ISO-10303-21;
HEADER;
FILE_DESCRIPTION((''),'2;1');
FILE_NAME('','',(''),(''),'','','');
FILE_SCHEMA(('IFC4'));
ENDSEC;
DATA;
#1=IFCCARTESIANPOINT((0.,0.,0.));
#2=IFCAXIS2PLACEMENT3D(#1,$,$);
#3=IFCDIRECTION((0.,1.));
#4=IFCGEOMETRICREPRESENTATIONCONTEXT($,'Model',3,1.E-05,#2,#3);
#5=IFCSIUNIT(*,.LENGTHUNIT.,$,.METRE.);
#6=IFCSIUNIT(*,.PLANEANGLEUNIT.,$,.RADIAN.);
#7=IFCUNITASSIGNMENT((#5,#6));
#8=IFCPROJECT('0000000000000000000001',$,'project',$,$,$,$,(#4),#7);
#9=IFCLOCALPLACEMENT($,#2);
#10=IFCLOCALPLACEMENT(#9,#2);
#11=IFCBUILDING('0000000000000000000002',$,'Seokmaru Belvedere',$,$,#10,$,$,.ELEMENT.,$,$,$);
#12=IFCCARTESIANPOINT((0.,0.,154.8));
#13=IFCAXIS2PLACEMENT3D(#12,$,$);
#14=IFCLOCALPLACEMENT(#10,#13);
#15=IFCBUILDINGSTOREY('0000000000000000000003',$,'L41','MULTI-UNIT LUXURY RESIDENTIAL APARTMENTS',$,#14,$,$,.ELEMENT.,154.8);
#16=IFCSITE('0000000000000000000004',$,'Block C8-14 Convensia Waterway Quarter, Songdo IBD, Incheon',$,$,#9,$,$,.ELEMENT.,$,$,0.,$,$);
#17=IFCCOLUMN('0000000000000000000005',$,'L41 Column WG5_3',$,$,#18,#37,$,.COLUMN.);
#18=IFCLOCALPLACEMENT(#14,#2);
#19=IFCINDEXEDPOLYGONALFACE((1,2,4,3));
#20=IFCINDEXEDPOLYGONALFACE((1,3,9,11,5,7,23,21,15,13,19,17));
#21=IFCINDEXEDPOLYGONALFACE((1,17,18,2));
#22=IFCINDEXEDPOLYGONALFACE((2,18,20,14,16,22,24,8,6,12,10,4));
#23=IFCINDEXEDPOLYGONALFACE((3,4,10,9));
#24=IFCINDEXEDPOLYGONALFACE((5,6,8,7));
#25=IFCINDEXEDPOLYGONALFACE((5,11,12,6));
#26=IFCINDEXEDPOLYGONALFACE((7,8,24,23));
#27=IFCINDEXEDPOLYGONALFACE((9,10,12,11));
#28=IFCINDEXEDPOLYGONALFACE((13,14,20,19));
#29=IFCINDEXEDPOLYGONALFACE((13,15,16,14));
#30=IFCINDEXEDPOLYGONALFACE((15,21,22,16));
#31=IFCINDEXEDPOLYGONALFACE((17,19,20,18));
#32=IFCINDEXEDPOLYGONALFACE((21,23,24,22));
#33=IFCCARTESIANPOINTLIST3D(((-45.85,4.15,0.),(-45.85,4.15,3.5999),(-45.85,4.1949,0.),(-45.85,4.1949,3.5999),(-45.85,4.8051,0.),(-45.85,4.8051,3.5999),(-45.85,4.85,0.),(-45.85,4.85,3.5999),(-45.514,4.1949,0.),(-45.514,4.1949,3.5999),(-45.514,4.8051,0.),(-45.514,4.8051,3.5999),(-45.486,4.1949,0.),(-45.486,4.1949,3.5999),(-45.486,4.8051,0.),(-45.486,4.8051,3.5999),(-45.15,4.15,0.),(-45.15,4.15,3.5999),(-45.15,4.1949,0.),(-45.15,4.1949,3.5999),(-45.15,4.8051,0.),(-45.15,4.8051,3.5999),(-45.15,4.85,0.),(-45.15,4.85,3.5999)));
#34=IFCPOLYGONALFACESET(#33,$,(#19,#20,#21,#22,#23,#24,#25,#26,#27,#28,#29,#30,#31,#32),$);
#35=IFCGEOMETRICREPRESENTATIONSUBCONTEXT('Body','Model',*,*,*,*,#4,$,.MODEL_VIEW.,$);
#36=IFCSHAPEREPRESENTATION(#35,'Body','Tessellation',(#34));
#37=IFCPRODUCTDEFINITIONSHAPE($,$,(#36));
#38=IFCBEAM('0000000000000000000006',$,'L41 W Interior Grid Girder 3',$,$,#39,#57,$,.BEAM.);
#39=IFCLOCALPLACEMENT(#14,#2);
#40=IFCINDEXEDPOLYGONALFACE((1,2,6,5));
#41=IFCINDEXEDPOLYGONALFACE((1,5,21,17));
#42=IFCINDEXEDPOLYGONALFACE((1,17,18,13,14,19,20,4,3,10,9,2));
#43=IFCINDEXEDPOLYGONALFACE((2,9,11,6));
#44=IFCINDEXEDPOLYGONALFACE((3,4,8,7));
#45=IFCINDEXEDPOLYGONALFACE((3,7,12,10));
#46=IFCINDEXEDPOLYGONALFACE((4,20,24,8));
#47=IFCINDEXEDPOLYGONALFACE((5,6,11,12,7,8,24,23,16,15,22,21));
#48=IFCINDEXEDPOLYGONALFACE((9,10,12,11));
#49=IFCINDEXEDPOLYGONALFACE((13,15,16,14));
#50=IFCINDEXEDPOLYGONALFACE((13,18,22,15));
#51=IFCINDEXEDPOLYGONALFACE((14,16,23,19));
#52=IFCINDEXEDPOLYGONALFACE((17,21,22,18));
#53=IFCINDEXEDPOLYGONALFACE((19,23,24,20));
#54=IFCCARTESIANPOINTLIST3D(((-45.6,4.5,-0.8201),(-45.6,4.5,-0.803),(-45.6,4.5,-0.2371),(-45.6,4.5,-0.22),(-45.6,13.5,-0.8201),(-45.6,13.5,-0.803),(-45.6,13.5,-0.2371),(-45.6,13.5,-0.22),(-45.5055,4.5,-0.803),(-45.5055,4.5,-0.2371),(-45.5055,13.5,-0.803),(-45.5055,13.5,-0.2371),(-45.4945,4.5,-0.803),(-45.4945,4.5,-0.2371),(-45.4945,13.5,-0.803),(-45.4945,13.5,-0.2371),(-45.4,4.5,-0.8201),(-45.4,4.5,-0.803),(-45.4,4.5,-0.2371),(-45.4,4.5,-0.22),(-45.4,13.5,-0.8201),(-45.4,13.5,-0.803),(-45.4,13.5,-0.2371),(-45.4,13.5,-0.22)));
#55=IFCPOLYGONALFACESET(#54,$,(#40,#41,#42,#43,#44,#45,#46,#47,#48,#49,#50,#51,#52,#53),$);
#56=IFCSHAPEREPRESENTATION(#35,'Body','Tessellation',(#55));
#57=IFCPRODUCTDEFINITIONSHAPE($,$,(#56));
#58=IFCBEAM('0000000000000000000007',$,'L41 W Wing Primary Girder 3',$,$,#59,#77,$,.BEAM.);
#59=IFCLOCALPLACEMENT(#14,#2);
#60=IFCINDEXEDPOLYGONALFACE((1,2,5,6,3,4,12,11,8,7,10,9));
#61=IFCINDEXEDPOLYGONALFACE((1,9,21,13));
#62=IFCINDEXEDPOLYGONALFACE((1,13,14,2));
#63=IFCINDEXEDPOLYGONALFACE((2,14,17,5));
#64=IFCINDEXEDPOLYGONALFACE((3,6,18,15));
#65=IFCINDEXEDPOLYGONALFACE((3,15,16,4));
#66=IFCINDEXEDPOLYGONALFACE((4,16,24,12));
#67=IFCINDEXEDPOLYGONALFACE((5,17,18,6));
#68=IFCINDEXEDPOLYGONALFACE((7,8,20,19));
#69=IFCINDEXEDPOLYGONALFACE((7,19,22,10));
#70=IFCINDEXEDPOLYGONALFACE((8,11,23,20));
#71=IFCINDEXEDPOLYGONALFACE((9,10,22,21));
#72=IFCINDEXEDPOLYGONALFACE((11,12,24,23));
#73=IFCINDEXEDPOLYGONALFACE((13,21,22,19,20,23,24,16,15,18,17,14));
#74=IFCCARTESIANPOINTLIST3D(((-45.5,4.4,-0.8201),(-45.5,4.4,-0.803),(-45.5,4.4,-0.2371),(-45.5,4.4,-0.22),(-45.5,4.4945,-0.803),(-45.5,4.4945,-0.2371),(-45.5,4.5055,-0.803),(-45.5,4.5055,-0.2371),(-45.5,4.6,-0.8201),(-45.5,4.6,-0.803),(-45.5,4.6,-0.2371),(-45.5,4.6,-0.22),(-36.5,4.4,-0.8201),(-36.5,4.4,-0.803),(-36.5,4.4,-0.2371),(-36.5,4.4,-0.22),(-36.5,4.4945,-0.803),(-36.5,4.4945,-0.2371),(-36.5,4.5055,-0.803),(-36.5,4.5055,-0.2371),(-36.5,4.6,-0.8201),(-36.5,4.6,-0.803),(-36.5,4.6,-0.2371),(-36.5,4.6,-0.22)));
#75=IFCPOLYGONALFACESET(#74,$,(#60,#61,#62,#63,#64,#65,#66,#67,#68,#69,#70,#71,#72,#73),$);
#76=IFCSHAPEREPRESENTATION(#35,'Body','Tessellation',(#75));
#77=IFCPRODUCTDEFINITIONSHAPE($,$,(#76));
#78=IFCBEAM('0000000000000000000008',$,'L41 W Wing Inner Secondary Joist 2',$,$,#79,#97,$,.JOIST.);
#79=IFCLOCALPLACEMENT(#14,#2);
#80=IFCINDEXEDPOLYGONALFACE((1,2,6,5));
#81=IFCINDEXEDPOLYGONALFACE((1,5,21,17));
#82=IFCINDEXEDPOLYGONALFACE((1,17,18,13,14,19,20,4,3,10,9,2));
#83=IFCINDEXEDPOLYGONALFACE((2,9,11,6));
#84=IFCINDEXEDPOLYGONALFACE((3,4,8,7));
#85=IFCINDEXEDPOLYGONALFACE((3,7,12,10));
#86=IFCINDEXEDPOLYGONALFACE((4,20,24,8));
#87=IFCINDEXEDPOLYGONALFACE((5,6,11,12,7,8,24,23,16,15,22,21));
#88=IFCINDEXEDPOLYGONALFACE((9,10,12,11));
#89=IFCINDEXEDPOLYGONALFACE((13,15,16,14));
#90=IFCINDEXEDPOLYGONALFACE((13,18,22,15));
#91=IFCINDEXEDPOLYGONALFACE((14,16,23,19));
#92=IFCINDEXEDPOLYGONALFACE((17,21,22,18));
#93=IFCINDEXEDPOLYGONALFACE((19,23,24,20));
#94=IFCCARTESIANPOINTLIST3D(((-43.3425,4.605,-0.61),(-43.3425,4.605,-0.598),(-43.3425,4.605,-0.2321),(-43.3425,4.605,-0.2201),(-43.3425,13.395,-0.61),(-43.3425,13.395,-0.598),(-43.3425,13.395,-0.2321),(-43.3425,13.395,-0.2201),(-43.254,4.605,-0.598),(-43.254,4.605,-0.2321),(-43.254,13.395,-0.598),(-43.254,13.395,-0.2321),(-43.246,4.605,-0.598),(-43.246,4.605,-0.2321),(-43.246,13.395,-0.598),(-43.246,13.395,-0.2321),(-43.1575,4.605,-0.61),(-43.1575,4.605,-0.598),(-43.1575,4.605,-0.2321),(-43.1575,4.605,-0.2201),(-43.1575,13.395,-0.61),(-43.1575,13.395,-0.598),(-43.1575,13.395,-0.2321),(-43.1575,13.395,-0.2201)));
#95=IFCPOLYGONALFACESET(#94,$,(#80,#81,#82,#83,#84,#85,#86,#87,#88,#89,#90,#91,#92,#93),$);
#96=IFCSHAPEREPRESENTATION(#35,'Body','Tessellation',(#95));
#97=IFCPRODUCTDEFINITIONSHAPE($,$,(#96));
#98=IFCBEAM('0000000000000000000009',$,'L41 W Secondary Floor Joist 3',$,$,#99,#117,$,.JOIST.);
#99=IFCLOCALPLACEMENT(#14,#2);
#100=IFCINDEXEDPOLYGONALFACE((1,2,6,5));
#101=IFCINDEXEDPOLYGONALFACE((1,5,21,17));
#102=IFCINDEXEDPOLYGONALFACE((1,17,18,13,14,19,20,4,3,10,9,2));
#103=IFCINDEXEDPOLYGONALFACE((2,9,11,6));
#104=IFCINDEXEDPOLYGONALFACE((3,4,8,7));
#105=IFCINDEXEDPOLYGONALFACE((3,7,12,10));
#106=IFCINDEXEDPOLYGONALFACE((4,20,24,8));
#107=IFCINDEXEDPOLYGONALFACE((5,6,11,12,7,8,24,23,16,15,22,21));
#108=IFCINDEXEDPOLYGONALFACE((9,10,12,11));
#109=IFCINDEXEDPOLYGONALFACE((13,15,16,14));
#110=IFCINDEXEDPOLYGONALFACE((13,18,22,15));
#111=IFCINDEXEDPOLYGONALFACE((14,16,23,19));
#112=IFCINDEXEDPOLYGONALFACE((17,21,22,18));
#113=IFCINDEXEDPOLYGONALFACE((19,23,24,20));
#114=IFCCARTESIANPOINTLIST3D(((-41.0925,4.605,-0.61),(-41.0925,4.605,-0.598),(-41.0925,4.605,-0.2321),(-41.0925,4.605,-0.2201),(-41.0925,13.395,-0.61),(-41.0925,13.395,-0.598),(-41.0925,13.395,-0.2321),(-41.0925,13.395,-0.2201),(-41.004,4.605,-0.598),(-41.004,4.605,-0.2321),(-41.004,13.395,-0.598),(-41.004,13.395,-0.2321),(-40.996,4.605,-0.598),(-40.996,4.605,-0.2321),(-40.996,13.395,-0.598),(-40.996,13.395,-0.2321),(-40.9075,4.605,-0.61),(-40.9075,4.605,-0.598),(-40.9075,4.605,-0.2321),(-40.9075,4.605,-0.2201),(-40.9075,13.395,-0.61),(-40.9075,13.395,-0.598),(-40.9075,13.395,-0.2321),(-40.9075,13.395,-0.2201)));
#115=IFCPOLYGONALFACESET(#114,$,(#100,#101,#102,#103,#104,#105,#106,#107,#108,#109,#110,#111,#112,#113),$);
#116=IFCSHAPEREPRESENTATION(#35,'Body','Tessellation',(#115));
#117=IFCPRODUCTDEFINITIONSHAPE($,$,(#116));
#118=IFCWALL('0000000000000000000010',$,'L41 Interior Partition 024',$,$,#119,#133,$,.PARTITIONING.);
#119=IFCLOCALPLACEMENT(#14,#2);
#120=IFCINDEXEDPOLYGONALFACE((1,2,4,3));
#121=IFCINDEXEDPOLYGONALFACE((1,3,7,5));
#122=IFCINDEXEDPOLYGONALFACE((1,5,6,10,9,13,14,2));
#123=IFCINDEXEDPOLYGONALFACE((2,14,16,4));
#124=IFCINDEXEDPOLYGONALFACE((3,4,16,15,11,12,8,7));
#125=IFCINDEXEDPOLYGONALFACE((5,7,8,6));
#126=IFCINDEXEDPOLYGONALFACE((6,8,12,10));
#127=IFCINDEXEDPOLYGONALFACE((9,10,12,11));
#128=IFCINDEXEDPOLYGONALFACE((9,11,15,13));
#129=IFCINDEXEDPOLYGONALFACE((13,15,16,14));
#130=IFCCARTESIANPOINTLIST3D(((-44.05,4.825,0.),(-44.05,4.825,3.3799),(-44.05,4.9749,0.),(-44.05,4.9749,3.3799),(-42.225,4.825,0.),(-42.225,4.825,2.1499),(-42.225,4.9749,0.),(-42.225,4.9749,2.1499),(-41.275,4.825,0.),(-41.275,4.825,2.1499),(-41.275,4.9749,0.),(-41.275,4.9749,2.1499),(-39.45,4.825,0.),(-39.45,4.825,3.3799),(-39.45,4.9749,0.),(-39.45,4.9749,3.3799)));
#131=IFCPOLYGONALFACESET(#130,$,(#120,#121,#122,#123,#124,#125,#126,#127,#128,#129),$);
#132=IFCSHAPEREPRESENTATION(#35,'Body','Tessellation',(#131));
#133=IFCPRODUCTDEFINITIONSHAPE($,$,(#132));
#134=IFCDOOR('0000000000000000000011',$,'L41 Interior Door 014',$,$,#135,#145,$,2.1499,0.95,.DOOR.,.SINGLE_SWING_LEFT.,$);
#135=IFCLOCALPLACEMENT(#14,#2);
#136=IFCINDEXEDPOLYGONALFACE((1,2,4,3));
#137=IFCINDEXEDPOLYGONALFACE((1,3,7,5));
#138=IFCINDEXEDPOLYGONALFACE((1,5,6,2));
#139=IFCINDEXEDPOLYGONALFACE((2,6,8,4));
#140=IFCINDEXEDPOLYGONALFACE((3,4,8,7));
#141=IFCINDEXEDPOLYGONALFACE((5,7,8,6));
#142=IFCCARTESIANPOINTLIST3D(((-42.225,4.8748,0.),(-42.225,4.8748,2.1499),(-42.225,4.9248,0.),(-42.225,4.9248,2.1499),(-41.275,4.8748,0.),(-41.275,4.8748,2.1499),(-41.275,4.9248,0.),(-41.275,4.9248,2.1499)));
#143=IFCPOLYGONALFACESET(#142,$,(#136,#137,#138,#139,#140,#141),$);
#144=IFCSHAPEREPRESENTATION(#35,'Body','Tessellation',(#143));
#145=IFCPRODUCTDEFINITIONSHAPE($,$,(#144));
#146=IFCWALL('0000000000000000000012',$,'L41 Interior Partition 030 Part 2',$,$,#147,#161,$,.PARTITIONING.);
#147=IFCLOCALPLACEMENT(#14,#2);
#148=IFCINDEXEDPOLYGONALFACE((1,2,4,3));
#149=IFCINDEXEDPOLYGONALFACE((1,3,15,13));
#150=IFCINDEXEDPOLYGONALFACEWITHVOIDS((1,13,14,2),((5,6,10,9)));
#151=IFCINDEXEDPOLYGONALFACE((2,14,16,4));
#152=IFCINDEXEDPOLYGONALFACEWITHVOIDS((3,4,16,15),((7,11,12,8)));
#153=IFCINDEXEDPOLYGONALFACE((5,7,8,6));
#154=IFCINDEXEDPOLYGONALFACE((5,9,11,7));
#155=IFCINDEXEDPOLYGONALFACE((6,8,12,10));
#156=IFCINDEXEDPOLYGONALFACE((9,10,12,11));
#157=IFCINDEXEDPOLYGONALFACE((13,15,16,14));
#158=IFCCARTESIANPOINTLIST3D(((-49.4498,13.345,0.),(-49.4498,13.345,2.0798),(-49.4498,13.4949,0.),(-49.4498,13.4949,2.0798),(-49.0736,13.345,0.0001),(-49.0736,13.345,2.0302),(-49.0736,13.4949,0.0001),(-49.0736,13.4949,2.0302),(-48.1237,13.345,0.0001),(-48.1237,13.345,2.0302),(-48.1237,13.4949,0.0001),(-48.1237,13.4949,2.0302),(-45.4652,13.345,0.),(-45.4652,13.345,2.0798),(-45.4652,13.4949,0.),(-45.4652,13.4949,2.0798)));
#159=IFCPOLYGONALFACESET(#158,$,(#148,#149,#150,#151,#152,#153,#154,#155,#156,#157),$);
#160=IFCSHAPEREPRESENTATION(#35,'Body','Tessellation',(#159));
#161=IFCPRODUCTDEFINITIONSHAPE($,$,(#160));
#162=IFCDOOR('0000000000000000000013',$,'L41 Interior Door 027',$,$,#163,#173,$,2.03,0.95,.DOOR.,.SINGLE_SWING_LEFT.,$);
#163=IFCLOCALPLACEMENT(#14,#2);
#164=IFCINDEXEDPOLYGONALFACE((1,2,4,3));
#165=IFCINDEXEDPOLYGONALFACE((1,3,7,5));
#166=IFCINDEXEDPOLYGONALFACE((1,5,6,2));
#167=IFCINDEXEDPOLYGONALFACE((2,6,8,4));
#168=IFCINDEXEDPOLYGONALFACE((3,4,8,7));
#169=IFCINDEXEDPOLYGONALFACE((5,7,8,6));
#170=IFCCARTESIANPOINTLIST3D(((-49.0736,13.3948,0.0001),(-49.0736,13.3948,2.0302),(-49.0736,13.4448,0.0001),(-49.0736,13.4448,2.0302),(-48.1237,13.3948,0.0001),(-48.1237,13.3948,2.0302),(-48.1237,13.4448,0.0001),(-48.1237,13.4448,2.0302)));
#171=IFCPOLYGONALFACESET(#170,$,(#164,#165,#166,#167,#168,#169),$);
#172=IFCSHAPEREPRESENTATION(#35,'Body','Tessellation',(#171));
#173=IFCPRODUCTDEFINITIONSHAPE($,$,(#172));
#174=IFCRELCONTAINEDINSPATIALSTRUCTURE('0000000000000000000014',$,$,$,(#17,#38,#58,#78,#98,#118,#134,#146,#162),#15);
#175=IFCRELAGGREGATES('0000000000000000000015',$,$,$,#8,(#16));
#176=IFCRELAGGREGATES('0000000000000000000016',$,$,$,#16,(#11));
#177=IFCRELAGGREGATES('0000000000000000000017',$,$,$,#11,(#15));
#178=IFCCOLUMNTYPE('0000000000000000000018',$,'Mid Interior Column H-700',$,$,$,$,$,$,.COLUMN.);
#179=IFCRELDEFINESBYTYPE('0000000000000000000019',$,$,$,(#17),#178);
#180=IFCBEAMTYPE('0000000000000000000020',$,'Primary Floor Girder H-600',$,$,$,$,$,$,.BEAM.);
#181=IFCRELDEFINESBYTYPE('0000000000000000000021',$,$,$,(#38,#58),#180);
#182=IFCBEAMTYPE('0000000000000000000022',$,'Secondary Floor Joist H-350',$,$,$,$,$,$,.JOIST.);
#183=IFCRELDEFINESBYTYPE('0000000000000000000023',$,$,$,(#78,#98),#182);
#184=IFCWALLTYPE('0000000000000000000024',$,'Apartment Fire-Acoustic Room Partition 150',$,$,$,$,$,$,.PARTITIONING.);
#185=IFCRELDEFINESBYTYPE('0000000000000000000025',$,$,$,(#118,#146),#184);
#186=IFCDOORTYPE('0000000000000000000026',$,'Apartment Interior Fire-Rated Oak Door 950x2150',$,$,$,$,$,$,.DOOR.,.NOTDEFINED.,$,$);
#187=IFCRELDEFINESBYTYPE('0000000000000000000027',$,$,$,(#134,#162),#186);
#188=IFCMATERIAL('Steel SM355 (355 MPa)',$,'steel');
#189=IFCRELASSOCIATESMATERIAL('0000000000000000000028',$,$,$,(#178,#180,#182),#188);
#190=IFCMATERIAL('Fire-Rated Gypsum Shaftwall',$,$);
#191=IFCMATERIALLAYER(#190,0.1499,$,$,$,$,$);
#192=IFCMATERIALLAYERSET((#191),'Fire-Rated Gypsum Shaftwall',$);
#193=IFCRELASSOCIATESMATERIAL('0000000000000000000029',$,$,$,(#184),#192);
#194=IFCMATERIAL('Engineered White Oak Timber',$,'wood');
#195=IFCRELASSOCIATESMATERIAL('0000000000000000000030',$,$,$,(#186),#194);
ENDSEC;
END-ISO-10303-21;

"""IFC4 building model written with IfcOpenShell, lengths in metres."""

from ifc_helpers import new_model, si_unit, direction, frame, frame_2d, origin, origin_2d, place, context, subcontext, project, spatial, rectangle, i_section, extrude, source, transform, mapped, material, layer, layer_set, material_profile, profile_set, type_object, type_shapes, element, fill, save


model = new_model("IFC4")

# Units and contexts
model_context = context("Model", 3, precision=1e-05, world=origin(), true_north=direction((0.0, 1.0)))
body_context = subcontext(model_context, "Body", "Model", "MODEL_VIEW")
ifc_project = project(units=[si_unit("LENGTHUNIT", "METRE"), si_unit("PLANEANGLEUNIT", "RADIAN")], contexts=[model_context])

# Site, building, storey
site_placement = place(None, origin())
site = spatial("IfcSite", under=ifc_project, at=site_placement, Name="Block C8-14 Convensia Waterway Quarter, Songdo IBD, Incheon", CompositionType="ELEMENT", RefElevation=0.0)
building_placement = place(site_placement, origin())
building = spatial("IfcBuilding", under=site, at=building_placement, Name="Seokmaru Belvedere", CompositionType="ELEMENT")
storey_placement = place(building_placement, frame((0.0, 0.0, 154.8)))
storey = spatial("IfcBuildingStorey", under=building, at=storey_placement, Name="L41", Description="MULTI-UNIT LUXURY RESIDENTIAL APARTMENTS", CompositionType="ELEMENT", Elevation=154.8)

# Column
ifc_material_1 = material(Name="Steel SM355 (355 MPa)", Category="steel")
ifc_material_profile_1 = material_profile(ifc_material_1, i_section(OverallWidth=0.7, OverallDepth=0.7, WebThickness=0.0281, FlangeThickness=0.0449, at=origin_2d()), Name="H-700x700x28x45")
ifc_profile_set_1 = profile_set([ifc_material_profile_1], Name="Steel SM355 (355 MPa)")
column_type = type_object("IfcColumnType", Name="Mid Interior Column H-700", PredefinedType="COLUMN", material=ifc_profile_set_1)
shared_shape_1 = source(origin(), body_context, "Body", "SweptSolid", [
    extrude(i_section(OverallWidth=0.7, OverallDepth=0.7, WebThickness=0.0281, FlangeThickness=0.0449, at=origin_2d()), origin(), (0.0, 0.0, 1.0), 3.5999),
])
type_shapes(column_type, [shared_shape_1])
column_placement = place(storey_placement, frame((-45.5, 4.5, 0.0), z_axis=(0.0, 0.0, 1.0), x_axis=(1.0, 0.0, 0.0)))
element("IfcColumn", 1, at=column_placement, inside=storey, type_object=column_type, Name="L41 Column WG5_3", PredefinedType="COLUMN", context=body_context, shape_type="MappedRepresentation", body=[
    mapped(shared_shape_1, transform((0.0, 0.0, 0.0), scale=1.0)),
])

# Beams
ifc_material_profile_2 = material_profile(ifc_material_1, i_section(OverallWidth=0.2, OverallDepth=0.6001, WebThickness=0.011, FlangeThickness=0.0171, at=origin_2d()), Name="H-600x200x11x17")
ifc_profile_set_2 = profile_set([ifc_material_profile_2], Name="Steel SM355 (355 MPa)")
beam_type_1 = type_object("IfcBeamType", Name="Primary Floor Girder H-600", PredefinedType="BEAM", material=ifc_profile_set_2)
shared_shape_2 = source(origin(), body_context, "Body", "SweptSolid", [
    extrude(i_section(OverallWidth=0.2, OverallDepth=0.6001, WebThickness=0.011, FlangeThickness=0.0171, at=origin_2d()), origin(), (0.0, 0.0, 1.0), 9.0),
])
type_shapes(beam_type_1, [shared_shape_2])
for number, where, z_axis, x_axis, name in (
    (2, (-45.5, 4.5, -0.52), (0.0, 1.0, 0.0), (-1.0, 0.0, 0.0), "L41 W Interior Grid Girder 3"),
    (3, (-45.5, 4.5, -0.52), (1.0, 0.0, 0.0), (0.0, 1.0, 0.0), "L41 W Wing Primary Girder 3"),
):
    element("IfcBeam", number, at=place(storey_placement, frame(where, z_axis=z_axis, x_axis=x_axis)), inside=storey, type_object=beam_type_1, Name=name, PredefinedType="BEAM", context=body_context, shape_type="MappedRepresentation", body=[
        mapped(shared_shape_2, transform((0.0, 0.0, 0.0), scale=1.0)),
    ])
ifc_material_profile_3 = material_profile(ifc_material_1, i_section(OverallWidth=0.1851, OverallDepth=0.3899, WebThickness=0.0081, FlangeThickness=0.012, at=origin_2d()), Name="H-390x185x8x12")
ifc_profile_set_3 = profile_set([ifc_material_profile_3], Name="Steel SM355 (355 MPa)")
beam_type_2 = type_object("IfcBeamType", Name="Secondary Floor Joist H-350", PredefinedType="JOIST", material=ifc_profile_set_3)
shared_shape_3 = source(origin(), body_context, "Body", "SweptSolid", [
    extrude(i_section(OverallWidth=0.1851, OverallDepth=0.3899, WebThickness=0.0081, FlangeThickness=0.012, at=origin_2d()), origin(), (0.0, 0.0, 1.0), 8.79),
])
type_shapes(beam_type_2, [shared_shape_3])
for number, where, z_axis, x_axis, name in (
    (4, (-43.25, 4.605, -0.415), (0.0, 1.0, 0.0), (-1.0, 0.0, 0.0), "L41 W Wing Inner Secondary Joist 2"),
    (5, (-41.0, 4.605, -0.415), (0.0, 1.0, 0.0), (-1.0, 0.0, 0.0), "L41 W Secondary Floor Joist 3"),
):
    element("IfcBeam", number, at=place(storey_placement, frame(where, z_axis=z_axis, x_axis=x_axis)), inside=storey, type_object=beam_type_2, Name=name, PredefinedType="JOIST", context=body_context, shape_type="MappedRepresentation", body=[
        mapped(shared_shape_3, transform((0.0, 0.0, 0.0), scale=1.0)),
    ])

# Walls, openings, doors
ifc_material_2 = material(Name="Fire-Rated Gypsum Shaftwall")
ifc_layer_1 = layer(ifc_material_2, 0.1499)
ifc_layer_set_1 = layer_set([ifc_layer_1], Name="Fire-Rated Gypsum Shaftwall")
wall_type_1 = type_object("IfcWallType", Name="Apartment Fire-Acoustic Room Partition 150", PredefinedType="PARTITIONING", material=ifc_layer_set_1)
wall_1_placement = place(storey_placement, frame((-44.05, 4.8999, 0.0), z_axis=(0.0, 0.0, 1.0), x_axis=(1.0, 0.0, 0.0)))
wall_1 = element("IfcWall", 6, at=wall_1_placement, inside=storey, type_object=wall_type_1, Name="L41 Interior Partition 024", PredefinedType="PARTITIONING", context=body_context, shape_type="SweptSolid", body=[
    extrude(rectangle(XDim=4.6001, YDim=0.1499, at=frame_2d((2.3, 0.0))), origin(), (0.0, 0.0, 1.0), 3.3799),
])
opening_1_placement = place(wall_1_placement, frame((1.825, 0.0, 0.0)))
opening_1 = element("IfcOpeningElement", 7, at=opening_1_placement, cuts=wall_1, PredefinedType="OPENING", context=body_context, shape_type="SweptSolid", body=[
    extrude(rectangle(XDim=0.95, YDim=2.1499, at=frame_2d((0.4751, 1.075))), frame((0.0, 0.085, 0.0), z_axis=(0.0, -1.0, 0.0), x_axis=(1.0, 0.0, 0.0)), (0.0, 0.0, 1.0), 0.1699),
])
ifc_material_3 = material(Name="Engineered White Oak Timber", Category="wood")
door_type_1 = type_object("IfcDoorType", Name="Apartment Interior Fire-Rated Oak Door 950x2150", OperationType="NOTDEFINED", PredefinedType="DOOR", material=ifc_material_3)
shared_shape_4 = source(origin(), body_context, "Body", "SweptSolid", [
    extrude(rectangle(XDim=0.95, YDim=2.1499, at=frame_2d((0.4751, 1.075))), frame((0.0, 0.0249, 0.0), z_axis=(0.0, -1.0, 0.0), x_axis=(1.0, 0.0, 0.0)), (0.0, 0.0, 1.0), 0.05),
])
door_1_placement = place(opening_1_placement, origin())
door_1 = element("IfcDoor", 8, at=door_1_placement, inside=storey, type_object=door_type_1, Name="L41 Interior Door 014", OperationType="SINGLE_SWING_LEFT", OverallHeight=2.1499, OverallWidth=0.95, PredefinedType="DOOR", context=body_context, shape_type="MappedRepresentation", body=[
    mapped(shared_shape_4, transform((0.0, 0.0, 0.0), scale=1.0)),
])
fill(opening_1, door_1)
wall_2_placement = place(storey_placement, frame((-49.4497, 13.4199, 0.0), z_axis=(0.0, 0.0, 1.0), x_axis=(1.0, 0.0, 0.0)))
wall_2 = element("IfcWall", 9, at=wall_2_placement, inside=storey, type_object=wall_type_1, Name="L41 Interior Partition 030 Part 2", PredefinedType="PARTITIONING", context=body_context, shape_type="SweptSolid", body=[
    extrude(rectangle(XDim=3.9846, YDim=0.1499, at=frame_2d((1.9922, 0.0))), origin(), (0.0, 0.0, 1.0), 2.0798),
])
opening_2_placement = place(wall_2_placement, frame((0.376, 0.0, 0.0)))
opening_2 = element("IfcOpeningElement", 10, at=opening_2_placement, cuts=wall_2, PredefinedType="OPENING", context=body_context, shape_type="SweptSolid", body=[
    extrude(rectangle(XDim=0.95, YDim=2.03, at=frame_2d((0.4751, 1.0151))), frame((0.0, 0.085, 0.0), z_axis=(0.0, -1.0, 0.0), x_axis=(1.0, 0.0, 0.0)), (0.0, 0.0, 1.0), 0.1699),
])
shared_shape_5 = source(origin(), body_context, "Body", "SweptSolid", [
    extrude(rectangle(XDim=0.95, YDim=2.03, at=frame_2d((0.4751, 1.0151))), frame((0.0, 0.0249, 0.0), z_axis=(0.0, -1.0, 0.0), x_axis=(1.0, 0.0, 0.0)), (0.0, 0.0, 1.0), 0.05),
])
type_shapes(door_type_1, [shared_shape_4, shared_shape_5])
door_2_placement = place(opening_2_placement, origin())
door_2 = element("IfcDoor", 11, at=door_2_placement, inside=storey, type_object=door_type_1, Name="L41 Interior Door 027", OperationType="SINGLE_SWING_LEFT", OverallHeight=2.03, OverallWidth=0.95, PredefinedType="DOOR", context=body_context, shape_type="MappedRepresentation", body=[
    mapped(shared_shape_5, transform((0.0, 0.0, 0.0), scale=1.0)),
])
fill(opening_2, door_2)

save(model, "model.ifc")
